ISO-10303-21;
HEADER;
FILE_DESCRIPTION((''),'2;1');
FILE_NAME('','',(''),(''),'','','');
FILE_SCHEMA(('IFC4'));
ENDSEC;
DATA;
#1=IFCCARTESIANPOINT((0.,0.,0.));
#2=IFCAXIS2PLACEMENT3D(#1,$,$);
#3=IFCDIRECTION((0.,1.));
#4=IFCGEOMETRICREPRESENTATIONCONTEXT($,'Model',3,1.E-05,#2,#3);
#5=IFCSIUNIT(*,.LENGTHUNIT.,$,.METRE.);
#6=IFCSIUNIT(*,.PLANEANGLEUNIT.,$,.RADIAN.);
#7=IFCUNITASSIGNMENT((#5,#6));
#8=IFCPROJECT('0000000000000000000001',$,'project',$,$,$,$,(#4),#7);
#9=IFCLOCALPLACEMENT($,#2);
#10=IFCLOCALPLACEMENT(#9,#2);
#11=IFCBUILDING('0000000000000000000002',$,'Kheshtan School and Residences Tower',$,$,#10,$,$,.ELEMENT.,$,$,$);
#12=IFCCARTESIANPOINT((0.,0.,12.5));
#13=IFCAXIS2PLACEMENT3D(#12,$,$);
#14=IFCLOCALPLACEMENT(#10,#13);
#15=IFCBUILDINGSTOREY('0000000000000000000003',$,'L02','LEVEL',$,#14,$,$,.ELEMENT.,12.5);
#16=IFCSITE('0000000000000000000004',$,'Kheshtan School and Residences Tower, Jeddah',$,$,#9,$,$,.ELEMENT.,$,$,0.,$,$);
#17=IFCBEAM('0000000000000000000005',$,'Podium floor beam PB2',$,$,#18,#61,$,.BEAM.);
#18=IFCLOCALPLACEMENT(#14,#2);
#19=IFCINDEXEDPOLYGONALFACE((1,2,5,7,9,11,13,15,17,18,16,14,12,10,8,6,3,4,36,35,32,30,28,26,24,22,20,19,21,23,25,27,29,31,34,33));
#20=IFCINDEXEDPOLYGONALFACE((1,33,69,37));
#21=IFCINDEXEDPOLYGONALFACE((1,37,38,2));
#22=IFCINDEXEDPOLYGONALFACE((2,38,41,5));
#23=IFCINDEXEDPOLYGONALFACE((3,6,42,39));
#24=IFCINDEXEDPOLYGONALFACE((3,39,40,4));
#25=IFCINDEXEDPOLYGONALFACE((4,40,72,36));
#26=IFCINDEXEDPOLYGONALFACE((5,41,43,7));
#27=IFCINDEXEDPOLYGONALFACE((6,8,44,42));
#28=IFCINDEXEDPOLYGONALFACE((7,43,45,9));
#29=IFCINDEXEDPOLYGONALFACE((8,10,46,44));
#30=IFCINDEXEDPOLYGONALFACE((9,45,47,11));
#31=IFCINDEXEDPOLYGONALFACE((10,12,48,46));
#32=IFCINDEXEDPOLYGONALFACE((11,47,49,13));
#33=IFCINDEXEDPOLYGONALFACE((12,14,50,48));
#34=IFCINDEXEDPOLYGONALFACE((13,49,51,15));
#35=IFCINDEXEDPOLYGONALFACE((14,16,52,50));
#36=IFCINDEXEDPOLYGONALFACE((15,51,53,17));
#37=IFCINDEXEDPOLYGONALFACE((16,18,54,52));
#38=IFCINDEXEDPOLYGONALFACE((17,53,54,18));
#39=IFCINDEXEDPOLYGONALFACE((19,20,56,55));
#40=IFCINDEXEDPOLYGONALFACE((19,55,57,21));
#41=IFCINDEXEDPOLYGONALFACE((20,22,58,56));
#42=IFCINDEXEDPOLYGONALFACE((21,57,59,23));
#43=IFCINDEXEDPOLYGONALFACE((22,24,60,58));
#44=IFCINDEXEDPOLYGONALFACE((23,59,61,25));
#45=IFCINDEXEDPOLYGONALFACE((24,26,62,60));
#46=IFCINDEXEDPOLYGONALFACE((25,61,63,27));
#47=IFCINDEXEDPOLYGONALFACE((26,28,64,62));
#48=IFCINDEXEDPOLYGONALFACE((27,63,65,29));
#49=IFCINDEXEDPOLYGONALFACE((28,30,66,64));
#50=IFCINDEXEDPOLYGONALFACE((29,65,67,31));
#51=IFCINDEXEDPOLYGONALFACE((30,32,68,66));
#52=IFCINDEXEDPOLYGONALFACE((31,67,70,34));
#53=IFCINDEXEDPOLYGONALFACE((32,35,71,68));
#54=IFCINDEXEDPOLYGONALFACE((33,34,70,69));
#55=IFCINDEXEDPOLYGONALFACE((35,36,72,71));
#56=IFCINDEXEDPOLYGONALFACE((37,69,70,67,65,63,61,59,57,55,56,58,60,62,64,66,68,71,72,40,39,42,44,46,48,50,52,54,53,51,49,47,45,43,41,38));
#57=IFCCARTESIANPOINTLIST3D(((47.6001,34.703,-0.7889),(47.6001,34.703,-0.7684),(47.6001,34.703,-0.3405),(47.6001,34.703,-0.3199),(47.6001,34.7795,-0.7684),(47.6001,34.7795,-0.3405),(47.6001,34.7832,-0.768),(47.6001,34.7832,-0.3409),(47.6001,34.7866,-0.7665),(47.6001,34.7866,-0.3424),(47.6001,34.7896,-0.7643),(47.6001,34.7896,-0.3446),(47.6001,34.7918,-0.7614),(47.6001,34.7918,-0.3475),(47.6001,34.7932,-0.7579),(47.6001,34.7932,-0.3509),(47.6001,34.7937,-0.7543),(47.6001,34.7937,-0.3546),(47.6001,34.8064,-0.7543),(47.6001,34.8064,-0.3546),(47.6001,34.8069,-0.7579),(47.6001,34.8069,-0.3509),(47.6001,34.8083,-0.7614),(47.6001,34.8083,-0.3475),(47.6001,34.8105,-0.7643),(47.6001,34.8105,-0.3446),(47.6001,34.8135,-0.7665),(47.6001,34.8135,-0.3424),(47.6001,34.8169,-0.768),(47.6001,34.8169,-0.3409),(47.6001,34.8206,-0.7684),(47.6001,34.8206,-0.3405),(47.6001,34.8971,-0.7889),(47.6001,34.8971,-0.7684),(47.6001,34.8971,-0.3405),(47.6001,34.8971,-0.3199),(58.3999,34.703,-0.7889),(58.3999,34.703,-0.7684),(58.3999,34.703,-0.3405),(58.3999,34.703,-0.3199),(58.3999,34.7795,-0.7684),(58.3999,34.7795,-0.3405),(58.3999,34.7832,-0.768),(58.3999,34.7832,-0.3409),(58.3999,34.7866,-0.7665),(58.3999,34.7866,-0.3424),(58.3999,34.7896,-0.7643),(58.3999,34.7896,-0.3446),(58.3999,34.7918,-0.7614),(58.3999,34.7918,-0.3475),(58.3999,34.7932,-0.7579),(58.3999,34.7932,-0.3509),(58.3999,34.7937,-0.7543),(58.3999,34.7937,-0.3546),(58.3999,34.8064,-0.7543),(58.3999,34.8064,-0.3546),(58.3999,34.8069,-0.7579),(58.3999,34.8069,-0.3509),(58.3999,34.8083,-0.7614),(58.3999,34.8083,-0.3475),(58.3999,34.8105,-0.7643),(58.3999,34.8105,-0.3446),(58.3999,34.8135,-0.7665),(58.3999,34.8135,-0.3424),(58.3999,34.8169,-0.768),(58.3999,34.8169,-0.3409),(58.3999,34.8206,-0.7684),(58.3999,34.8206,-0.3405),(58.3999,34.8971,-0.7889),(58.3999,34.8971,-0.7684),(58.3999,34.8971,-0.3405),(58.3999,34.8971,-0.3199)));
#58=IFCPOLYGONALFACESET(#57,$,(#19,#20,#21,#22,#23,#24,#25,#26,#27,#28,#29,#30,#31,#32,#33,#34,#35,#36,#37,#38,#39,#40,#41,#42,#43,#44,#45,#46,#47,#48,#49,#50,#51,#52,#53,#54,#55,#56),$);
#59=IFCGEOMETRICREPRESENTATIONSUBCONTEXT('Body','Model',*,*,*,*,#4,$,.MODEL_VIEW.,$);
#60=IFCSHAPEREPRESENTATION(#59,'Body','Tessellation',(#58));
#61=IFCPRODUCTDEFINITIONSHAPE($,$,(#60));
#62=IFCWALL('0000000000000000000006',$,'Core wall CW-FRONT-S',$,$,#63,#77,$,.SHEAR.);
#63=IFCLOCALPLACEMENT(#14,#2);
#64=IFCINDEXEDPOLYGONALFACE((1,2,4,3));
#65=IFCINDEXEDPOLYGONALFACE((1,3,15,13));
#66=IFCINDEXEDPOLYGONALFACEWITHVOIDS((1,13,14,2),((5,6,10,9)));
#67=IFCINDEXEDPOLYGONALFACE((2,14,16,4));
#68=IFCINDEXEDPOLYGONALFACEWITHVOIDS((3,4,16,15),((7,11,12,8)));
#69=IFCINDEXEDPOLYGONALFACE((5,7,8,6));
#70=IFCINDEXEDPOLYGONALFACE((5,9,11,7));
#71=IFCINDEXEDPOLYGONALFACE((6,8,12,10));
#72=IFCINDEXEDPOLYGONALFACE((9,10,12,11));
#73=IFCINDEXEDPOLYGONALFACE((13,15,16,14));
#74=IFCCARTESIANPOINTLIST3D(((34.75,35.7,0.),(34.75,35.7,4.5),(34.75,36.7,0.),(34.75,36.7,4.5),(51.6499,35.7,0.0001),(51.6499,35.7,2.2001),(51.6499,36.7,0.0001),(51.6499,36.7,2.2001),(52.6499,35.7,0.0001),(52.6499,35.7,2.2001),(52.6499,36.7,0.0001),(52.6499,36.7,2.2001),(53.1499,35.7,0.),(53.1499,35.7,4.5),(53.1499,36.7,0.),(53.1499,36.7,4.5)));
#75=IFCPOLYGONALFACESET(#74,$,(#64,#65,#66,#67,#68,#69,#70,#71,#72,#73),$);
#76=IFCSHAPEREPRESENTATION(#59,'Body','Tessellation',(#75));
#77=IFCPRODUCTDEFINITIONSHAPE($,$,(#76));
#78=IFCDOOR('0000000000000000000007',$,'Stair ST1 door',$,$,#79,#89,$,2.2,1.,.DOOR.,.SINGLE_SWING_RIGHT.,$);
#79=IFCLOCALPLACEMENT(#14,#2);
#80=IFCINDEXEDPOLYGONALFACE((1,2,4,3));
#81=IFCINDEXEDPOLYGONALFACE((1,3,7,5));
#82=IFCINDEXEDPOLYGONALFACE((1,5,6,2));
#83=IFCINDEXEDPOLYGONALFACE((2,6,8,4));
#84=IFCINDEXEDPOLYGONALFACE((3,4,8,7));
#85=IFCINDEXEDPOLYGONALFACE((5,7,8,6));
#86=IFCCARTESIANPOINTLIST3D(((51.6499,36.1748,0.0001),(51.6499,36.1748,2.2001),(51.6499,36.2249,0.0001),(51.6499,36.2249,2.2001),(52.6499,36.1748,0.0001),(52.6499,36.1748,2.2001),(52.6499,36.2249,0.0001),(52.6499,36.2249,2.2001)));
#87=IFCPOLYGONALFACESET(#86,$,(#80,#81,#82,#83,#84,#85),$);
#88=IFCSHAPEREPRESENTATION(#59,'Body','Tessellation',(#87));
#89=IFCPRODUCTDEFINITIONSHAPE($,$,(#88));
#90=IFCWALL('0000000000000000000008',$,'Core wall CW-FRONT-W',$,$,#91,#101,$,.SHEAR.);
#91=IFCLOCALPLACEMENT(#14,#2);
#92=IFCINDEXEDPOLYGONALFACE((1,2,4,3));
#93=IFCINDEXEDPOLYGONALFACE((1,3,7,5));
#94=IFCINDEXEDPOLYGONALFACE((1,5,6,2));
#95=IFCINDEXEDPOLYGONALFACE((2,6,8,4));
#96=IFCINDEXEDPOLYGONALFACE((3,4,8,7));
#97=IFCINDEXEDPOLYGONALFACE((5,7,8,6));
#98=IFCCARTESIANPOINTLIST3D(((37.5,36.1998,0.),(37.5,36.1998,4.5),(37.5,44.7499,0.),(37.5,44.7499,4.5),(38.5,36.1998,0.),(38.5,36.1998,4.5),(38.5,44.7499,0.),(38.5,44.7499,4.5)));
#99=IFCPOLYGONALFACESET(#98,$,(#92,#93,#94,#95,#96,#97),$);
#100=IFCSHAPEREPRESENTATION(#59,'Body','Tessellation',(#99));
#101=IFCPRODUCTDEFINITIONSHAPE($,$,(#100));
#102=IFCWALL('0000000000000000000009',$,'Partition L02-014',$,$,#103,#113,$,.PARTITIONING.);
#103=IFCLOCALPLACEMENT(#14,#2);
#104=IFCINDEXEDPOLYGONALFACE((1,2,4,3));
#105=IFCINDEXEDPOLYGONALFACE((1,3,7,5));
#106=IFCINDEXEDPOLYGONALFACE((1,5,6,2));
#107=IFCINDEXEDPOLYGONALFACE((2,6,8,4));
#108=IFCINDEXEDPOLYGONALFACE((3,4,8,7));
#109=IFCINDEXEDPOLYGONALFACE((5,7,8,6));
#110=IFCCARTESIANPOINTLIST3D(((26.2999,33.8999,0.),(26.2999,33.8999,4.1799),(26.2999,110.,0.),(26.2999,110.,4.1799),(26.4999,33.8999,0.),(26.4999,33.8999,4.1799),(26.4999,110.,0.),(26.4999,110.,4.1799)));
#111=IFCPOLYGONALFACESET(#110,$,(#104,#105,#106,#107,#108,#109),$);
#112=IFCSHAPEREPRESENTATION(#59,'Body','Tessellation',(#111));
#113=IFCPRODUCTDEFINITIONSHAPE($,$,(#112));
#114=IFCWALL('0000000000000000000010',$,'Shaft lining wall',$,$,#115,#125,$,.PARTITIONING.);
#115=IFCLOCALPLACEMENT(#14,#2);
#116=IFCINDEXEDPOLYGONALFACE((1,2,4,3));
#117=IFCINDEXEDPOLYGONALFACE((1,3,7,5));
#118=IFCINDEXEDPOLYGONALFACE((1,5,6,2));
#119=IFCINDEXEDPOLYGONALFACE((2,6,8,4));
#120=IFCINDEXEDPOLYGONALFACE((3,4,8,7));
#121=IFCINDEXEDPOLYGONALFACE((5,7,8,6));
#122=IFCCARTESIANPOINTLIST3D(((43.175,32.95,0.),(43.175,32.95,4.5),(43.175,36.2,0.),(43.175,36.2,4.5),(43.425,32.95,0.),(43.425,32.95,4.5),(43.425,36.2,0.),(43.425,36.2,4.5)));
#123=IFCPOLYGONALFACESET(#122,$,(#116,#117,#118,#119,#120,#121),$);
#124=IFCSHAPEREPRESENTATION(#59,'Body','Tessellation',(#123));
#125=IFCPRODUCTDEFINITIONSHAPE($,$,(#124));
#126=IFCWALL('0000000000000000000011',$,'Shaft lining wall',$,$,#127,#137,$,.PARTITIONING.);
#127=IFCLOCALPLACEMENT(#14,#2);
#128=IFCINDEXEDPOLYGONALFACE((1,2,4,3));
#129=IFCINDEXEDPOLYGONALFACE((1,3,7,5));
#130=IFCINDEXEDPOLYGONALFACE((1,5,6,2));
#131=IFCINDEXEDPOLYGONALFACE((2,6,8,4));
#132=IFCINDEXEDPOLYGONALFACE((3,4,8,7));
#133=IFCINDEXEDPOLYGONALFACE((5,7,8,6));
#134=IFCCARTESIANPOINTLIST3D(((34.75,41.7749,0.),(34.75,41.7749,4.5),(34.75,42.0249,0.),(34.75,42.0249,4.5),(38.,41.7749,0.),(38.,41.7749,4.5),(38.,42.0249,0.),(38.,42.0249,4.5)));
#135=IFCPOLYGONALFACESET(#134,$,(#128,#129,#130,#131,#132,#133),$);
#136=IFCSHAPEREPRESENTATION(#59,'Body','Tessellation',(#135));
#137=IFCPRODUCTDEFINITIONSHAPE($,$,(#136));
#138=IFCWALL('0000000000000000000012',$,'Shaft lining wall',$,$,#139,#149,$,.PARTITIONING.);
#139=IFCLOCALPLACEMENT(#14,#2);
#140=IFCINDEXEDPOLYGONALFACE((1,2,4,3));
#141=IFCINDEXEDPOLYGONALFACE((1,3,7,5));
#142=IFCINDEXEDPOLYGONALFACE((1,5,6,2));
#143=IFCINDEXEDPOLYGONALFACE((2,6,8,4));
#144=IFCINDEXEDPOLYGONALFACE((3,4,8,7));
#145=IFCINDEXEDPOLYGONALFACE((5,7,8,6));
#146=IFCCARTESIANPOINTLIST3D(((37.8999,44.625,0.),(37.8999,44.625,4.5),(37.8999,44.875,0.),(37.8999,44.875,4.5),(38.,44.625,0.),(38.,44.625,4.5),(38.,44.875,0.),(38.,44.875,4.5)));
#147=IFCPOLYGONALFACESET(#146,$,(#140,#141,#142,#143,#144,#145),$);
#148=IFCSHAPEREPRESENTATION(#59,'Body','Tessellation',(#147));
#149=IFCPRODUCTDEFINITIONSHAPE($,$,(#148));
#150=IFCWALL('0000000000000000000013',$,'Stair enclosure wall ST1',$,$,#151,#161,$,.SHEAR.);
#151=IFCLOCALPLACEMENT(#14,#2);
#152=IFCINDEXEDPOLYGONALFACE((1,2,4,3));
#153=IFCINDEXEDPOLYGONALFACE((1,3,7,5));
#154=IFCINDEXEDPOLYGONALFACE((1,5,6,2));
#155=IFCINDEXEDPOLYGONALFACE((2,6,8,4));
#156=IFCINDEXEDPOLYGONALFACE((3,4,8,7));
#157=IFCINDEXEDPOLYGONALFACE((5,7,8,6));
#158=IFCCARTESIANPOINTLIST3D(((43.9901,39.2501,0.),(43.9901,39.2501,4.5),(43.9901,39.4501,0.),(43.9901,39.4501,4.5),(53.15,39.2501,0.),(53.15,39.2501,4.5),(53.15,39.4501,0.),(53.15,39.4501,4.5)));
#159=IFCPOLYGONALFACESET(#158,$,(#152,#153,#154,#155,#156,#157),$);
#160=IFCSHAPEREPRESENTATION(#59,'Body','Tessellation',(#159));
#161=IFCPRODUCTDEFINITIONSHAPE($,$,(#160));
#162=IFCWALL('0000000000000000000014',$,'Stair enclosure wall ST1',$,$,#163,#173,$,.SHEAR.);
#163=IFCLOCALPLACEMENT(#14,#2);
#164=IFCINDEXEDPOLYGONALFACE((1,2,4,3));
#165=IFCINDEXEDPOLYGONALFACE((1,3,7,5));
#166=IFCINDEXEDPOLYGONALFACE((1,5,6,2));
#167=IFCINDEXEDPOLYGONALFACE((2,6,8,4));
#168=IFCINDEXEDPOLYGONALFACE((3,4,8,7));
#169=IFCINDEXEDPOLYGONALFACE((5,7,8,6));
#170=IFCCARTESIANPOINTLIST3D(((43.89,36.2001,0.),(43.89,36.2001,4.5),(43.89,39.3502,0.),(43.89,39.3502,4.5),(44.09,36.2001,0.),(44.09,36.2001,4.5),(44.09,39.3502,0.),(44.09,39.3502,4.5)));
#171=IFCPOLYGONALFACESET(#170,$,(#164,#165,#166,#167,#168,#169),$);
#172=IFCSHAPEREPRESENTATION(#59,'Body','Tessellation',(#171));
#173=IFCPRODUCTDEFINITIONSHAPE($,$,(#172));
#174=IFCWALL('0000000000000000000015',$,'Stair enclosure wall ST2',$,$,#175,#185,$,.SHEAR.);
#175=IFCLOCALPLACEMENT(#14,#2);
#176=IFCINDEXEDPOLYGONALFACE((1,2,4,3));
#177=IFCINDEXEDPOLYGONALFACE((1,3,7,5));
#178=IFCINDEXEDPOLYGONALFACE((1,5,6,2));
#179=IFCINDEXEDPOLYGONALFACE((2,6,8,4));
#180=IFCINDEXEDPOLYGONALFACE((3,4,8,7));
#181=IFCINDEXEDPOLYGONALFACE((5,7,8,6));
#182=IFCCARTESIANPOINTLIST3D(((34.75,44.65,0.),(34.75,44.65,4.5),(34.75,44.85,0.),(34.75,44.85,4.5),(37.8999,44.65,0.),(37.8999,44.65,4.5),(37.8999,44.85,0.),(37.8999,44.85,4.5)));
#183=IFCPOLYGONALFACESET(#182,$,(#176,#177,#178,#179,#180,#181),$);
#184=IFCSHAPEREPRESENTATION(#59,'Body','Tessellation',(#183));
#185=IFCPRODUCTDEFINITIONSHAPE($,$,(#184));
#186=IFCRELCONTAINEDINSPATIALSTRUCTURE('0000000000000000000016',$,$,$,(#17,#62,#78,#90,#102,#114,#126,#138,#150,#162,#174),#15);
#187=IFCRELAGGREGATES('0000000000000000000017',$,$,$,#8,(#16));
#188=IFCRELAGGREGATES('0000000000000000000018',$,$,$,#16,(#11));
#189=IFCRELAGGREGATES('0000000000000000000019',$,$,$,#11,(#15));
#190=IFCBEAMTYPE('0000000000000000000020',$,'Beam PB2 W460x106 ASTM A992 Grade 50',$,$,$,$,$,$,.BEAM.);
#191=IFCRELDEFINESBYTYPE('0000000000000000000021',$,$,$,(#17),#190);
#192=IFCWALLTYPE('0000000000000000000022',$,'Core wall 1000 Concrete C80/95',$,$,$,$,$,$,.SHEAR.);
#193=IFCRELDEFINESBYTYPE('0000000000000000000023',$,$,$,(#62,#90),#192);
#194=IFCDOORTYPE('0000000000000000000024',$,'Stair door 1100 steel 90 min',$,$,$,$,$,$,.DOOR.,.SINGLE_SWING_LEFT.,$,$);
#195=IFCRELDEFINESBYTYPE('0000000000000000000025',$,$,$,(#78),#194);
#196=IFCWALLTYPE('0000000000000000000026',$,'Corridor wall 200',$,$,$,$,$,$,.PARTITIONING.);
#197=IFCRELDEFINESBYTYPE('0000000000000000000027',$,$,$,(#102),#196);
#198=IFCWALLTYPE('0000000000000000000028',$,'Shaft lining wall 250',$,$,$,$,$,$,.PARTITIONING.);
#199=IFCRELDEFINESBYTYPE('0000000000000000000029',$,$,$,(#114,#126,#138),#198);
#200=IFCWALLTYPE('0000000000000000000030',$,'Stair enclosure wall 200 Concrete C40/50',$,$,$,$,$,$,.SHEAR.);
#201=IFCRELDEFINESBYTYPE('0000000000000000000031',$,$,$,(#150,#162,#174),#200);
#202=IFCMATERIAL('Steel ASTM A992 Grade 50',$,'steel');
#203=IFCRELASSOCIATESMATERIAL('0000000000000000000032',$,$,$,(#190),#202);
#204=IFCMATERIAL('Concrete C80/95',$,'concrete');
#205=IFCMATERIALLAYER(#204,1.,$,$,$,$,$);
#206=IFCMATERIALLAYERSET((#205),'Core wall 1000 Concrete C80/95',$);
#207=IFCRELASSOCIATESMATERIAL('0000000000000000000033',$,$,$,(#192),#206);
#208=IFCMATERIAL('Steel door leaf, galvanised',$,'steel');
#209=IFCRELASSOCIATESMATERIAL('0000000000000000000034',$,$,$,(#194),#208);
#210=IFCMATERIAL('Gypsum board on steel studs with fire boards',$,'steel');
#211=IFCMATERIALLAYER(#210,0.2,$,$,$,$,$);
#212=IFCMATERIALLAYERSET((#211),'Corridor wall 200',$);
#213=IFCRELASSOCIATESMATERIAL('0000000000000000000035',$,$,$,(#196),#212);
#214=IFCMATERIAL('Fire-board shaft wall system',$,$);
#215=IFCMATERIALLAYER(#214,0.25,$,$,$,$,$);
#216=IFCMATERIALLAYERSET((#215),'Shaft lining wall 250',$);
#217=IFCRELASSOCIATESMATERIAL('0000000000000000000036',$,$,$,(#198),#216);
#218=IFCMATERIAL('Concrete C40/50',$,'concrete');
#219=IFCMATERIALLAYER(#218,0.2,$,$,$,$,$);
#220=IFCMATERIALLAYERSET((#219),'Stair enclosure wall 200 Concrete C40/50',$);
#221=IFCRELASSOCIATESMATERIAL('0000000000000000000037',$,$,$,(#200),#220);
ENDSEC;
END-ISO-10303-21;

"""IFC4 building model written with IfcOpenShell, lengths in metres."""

from ifc_helpers import new_model, si_unit, direction, frame, frame_2d, origin, origin_2d, place, context, subcontext, project, spatial, rectangle, i_section, extrude, source, transform, mapped, material, layer, layer_set, material_profile, profile_set, type_object, element, fill, save


model = new_model("IFC4")

# Units and contexts
model_context = context("Model", 3, precision=1e-05, world=origin(), true_north=direction((0.0, 1.0)))
body_context = subcontext(model_context, "Body", "Model", "MODEL_VIEW")
ifc_project = project(units=[si_unit("LENGTHUNIT", "METRE"), si_unit("PLANEANGLEUNIT", "RADIAN")], contexts=[model_context])

# Site, building, storey
site_placement = place(None, origin())
site = spatial("IfcSite", under=ifc_project, at=site_placement, Name="Kheshtan School and Residences Tower, Jeddah", CompositionType="ELEMENT", RefElevation=0.0)
building_placement = place(site_placement, origin())
building = spatial("IfcBuilding", under=site, at=building_placement, Name="Kheshtan School and Residences Tower", CompositionType="ELEMENT")
storey_placement = place(building_placement, frame((0.0, 0.0, 12.5)))
storey = spatial("IfcBuildingStorey", under=building, at=storey_placement, Name="L02", Description="LEVEL", CompositionType="ELEMENT", Elevation=12.5)

# Shared definitions
ifc_material_1 = material(Name="Steel ASTM A992 Grade 50", Category="steel")

# Beam
ifc_material_profile_1 = material_profile(ifc_material_1, i_section(OverallWidth=0.1941, OverallDepth=0.469, WebThickness=0.0127, FlangeThickness=0.0205, FilletRadius=0.0142, at=origin_2d()), Name="W460x106")
ifc_profile_set_1 = profile_set([ifc_material_profile_1], Name="Steel ASTM A992 Grade 50")
beam_type = type_object("IfcBeamType", Name="Beam PB2 W460x106 ASTM A992 Grade 50", PredefinedType="BEAM", material=ifc_profile_set_1)
beam_1_placement = place(storey_placement, frame((47.6001, 34.8, -0.5544), z_axis=(1.0, 0.0, 0.0), x_axis=(0.0, 1.0, 0.0)))
element("IfcBeam", 1, at=beam_1_placement, inside=storey, type_object=beam_type, Name="Podium floor beam PB2", PredefinedType="BEAM", context=body_context, shape_type="SweptSolid", body=[
    extrude(i_section(OverallWidth=0.1941, OverallDepth=0.469, WebThickness=0.0127, FlangeThickness=0.0205, FilletRadius=0.0142, at=origin_2d()), origin(), (0.0, 0.0, 1.0), 10.7998),
])

# Wall, opening, door
ifc_material_2 = material(Name="Concrete C80/95", Category="concrete")
ifc_layer_1 = layer(ifc_material_2, 1.0)
ifc_layer_set_1 = layer_set([ifc_layer_1], Name="Core wall 1000 Concrete C80/95")
wall_type_1 = type_object("IfcWallType", Name="Core wall 1000 Concrete C80/95", PredefinedType="SHEAR", material=ifc_layer_set_1)
wall_1_placement = place(storey_placement, frame((34.75, 36.2, 0.0), z_axis=(0.0, 0.0, 1.0), x_axis=(1.0, 0.0, 0.0)))
wall_1 = element("IfcWall", 2, at=wall_1_placement, inside=storey, type_object=wall_type_1, Name="Core wall CW-FRONT-S", PredefinedType="SHEAR", context=body_context, shape_type="SweptSolid", body=[
    extrude(rectangle(XDim=18.3999, YDim=1.0, at=frame_2d((9.2, 0.0))), origin(), (0.0, 0.0, 1.0), 4.5),
])
opening_placement = place(wall_1_placement, frame((16.8999, 0.0, 0.0)))
opening = element("IfcOpeningElement", 3, at=opening_placement, cuts=wall_1, PredefinedType="OPENING", context=body_context, shape_type="SweptSolid", body=[
    extrude(rectangle(XDim=1.0, YDim=2.2, at=frame_2d((0.5, 1.1001))), frame((0.0, 0.51, 0.0), z_axis=(0.0, -1.0, 0.0), x_axis=(1.0, 0.0, 0.0)), (0.0, 0.0, 1.0), 1.02),
])
ifc_material_3 = material(Name="Steel door leaf, galvanised", Category="steel")
door_type = type_object("IfcDoorType", Name="Stair door 1100 steel 90 min", OperationType="SINGLE_SWING_LEFT", PredefinedType="DOOR", material=ifc_material_3)
shared_shape = source(origin(), body_context, "Body", "SweptSolid", [
    extrude(rectangle(XDim=1.0, YDim=2.2, at=frame_2d((0.5, 1.1001))), frame((0.0, 0.0249, 0.0), z_axis=(0.0, -1.0, 0.0), x_axis=(1.0, 0.0, 0.0)), (0.0, 0.0, 1.0), 0.05),
])
door_placement = place(opening_placement, origin())
door = element("IfcDoor", 4, at=door_placement, inside=storey, type_object=door_type, Name="Stair ST1 door", OperationType="SINGLE_SWING_RIGHT", OverallHeight=2.2, OverallWidth=1.0, PredefinedType="DOOR", context=body_context, shape_type="MappedRepresentation", body=[
    mapped(shared_shape, transform((0.0, 0.0, 0.0), x_axis=(1.0, 0.0, 0.0), y_axis=(0.0, 1.0, 0.0), z_axis=(0.0, 0.0, 1.0), scale=1.0)),
])
fill(opening, door)

# Walls
wall_2_placement = place(storey_placement, frame((38.0, 36.2, 0.0), z_axis=(0.0, 0.0, 1.0), x_axis=(0.0, 1.0, 0.0)))
element("IfcWall", 5, at=wall_2_placement, inside=storey, type_object=wall_type_1, Name="Core wall CW-FRONT-W", PredefinedType="SHEAR", context=body_context, shape_type="SweptSolid", body=[
    extrude(rectangle(XDim=8.55, YDim=1.0, at=frame_2d((4.2749, 0.0))), origin(), (0.0, 0.0, 1.0), 4.5),
])
ifc_material_4 = material(Name="Gypsum board on steel studs with fire boards", Category="steel")
ifc_layer_2 = layer(ifc_material_4, 0.2)
ifc_layer_set_2 = layer_set([ifc_layer_2], Name="Corridor wall 200")
wall_type_2 = type_object("IfcWallType", Name="Corridor wall 200", PredefinedType="PARTITIONING", material=ifc_layer_set_2)
wall_3_placement = place(storey_placement, frame((26.3999, 33.8999, 0.0), z_axis=(0.0, 0.0, 1.0), x_axis=(0.0, 1.0, 0.0)))
element("IfcWall", 6, at=wall_3_placement, inside=storey, type_object=wall_type_2, Name="Partition L02-014", PredefinedType="PARTITIONING", context=body_context, shape_type="SweptSolid", body=[
    extrude(rectangle(XDim=76.1001, YDim=0.2, at=frame_2d((38.05, 0.0))), origin(), (0.0, 0.0, 1.0), 4.1799),
])
ifc_material_5 = material(Name="Fire-board shaft wall system")
ifc_layer_3 = layer(ifc_material_5, 0.25)
ifc_layer_set_3 = layer_set([ifc_layer_3], Name="Shaft lining wall 250")
wall_type_3 = type_object("IfcWallType", Name="Shaft lining wall 250", PredefinedType="PARTITIONING", material=ifc_layer_set_3)
for number, where, z_axis, x_axis, name in (
    (7, (43.3, 32.95, 0.0), (0.0, 0.0, 1.0), (0.0, 1.0, 0.0), "Shaft lining wall"),
    (8, (34.75, 41.8999, 0.0), (0.0, 0.0, 1.0), (1.0, 0.0, 0.0), "Shaft lining wall"),
):
    element("IfcWall", number, at=place(storey_placement, frame(where, z_axis=z_axis, x_axis=x_axis)), inside=storey, type_object=wall_type_3, Name=name, PredefinedType="PARTITIONING", context=body_context, shape_type="SweptSolid", body=[
        extrude(rectangle(XDim=3.25, YDim=0.25, at=frame_2d((1.625, 0.0))), origin(), (0.0, 0.0, 1.0), 4.5),
    ])
wall_4_placement = place(storey_placement, frame((37.8999, 44.75, 0.0), z_axis=(0.0, 0.0, 1.0), x_axis=(1.0, 0.0, 0.0)))
element("IfcWall", 9, at=wall_4_placement, inside=storey, type_object=wall_type_3, Name="Shaft lining wall", PredefinedType="PARTITIONING", context=body_context, shape_type="SweptSolid", body=[
    extrude(rectangle(XDim=0.1001, YDim=0.25, at=frame_2d((0.05, 0.0))), origin(), (0.0, 0.0, 1.0), 4.5),
])
ifc_material_6 = material(Name="Concrete C40/50", Category="concrete")
ifc_layer_4 = layer(ifc_material_6, 0.2)
ifc_layer_set_4 = layer_set([ifc_layer_4], Name="Stair enclosure wall 200 Concrete C40/50")
wall_type_4 = type_object("IfcWallType", Name="Stair enclosure wall 200 Concrete C40/50", PredefinedType="SHEAR", material=ifc_layer_set_4)
wall_5_placement = place(storey_placement, frame((43.99, 39.3501, 0.0), z_axis=(0.0, 0.0, 1.0), x_axis=(1.0, 0.0, 0.0)))
element("IfcWall", 10, at=wall_5_placement, inside=storey, type_object=wall_type_4, Name="Stair enclosure wall ST1", PredefinedType="SHEAR", context=body_context, shape_type="SweptSolid", body=[
    extrude(rectangle(XDim=9.1599, YDim=0.2, at=frame_2d((4.5801, 0.0))), origin(), (0.0, 0.0, 1.0), 4.5),
])
wall_6_placement = place(storey_placement, frame((43.99, 36.2, 0.0), z_axis=(0.0, 0.0, 1.0), x_axis=(0.0, 1.0, 0.0)))
element("IfcWall", 11, at=wall_6_placement, inside=storey, type_object=wall_type_4, Name="Stair enclosure wall ST1", PredefinedType="SHEAR", context=body_context, shape_type="SweptSolid", body=[
    extrude(rectangle(XDim=3.1501, YDim=0.2, at=frame_2d((1.5752, 0.0))), origin(), (0.0, 0.0, 1.0), 4.5),
])
wall_7_placement = place(storey_placement, frame((34.75, 44.75, 0.0), z_axis=(0.0, 0.0, 1.0), x_axis=(1.0, 0.0, 0.0)))
element("IfcWall", 12, at=wall_7_placement, inside=storey, type_object=wall_type_4, Name="Stair enclosure wall ST2", PredefinedType="SHEAR", context=body_context, shape_type="SweptSolid", body=[
    extrude(rectangle(XDim=3.1499, YDim=0.2, at=frame_2d((1.575, 0.0))), origin(), (0.0, 0.0, 1.0), 4.5),
])

save(model, "model.ifc")
